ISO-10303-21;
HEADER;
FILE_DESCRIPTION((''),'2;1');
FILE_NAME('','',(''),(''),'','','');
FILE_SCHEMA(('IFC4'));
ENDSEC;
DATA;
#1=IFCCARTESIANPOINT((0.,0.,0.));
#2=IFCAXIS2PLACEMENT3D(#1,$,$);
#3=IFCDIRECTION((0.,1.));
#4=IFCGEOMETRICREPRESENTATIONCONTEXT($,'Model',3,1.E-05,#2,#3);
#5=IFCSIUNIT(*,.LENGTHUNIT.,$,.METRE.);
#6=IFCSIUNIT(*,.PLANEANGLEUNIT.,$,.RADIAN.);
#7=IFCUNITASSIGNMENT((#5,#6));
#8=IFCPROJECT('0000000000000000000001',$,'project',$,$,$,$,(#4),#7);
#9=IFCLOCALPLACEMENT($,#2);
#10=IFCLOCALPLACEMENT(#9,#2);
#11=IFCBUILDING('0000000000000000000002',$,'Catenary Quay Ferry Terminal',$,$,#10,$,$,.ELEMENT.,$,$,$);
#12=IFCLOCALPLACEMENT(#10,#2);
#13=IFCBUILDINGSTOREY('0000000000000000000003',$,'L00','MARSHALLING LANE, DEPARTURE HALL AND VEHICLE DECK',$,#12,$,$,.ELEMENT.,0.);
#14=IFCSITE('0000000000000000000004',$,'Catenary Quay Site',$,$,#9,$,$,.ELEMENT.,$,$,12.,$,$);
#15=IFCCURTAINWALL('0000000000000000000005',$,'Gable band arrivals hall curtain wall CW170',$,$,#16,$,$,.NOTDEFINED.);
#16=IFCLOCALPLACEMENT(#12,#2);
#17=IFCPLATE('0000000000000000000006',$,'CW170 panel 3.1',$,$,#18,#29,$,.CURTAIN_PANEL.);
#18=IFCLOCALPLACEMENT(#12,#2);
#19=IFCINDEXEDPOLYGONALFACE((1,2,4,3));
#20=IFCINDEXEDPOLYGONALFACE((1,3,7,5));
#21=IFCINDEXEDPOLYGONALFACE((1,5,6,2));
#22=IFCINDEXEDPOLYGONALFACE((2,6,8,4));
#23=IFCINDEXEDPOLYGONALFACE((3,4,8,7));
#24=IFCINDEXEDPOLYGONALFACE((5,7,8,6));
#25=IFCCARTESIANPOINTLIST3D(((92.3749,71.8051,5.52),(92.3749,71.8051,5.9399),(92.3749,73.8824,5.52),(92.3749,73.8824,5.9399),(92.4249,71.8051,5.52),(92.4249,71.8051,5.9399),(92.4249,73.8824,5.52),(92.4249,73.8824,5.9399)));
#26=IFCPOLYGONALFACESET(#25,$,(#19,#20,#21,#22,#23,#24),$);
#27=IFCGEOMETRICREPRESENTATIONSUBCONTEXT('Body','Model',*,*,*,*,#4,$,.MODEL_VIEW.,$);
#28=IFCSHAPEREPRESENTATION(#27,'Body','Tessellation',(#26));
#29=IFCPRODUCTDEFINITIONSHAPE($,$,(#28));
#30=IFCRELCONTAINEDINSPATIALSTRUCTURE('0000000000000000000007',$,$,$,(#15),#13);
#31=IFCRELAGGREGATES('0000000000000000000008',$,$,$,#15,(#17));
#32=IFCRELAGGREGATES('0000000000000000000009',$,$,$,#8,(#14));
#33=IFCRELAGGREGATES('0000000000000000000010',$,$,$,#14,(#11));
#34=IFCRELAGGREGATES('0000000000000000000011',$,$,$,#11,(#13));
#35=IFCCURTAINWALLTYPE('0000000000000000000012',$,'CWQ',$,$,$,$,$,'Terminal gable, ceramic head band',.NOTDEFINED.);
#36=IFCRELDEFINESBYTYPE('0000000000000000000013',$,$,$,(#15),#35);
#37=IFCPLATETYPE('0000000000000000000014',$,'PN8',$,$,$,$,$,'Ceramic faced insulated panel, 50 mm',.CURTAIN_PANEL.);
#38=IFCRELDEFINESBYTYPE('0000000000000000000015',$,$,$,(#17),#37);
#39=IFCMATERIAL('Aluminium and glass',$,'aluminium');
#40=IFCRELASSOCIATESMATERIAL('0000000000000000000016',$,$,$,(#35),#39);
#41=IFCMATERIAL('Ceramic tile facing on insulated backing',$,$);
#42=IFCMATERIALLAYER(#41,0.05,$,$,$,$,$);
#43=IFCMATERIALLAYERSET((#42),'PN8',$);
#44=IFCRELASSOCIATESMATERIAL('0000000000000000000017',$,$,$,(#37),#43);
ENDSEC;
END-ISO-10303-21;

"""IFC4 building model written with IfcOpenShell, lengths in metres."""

from ifc_helpers import new_model, si_unit, direction, frame, origin, origin_2d, place, context, subcontext, project, spatial, rectangle, extrude, material, layer, layer_set, type_object, element, aggregate, save


model = new_model("IFC4")

# Units and contexts
model_context = context("Model", 3, precision=1e-05, world=origin(), true_north=direction((0.0, 1.0)))
body_context = subcontext(model_context, "Body", "Model", "MODEL_VIEW")
ifc_project = project(units=[si_unit("LENGTHUNIT", "METRE"), si_unit("PLANEANGLEUNIT", "RADIAN")], contexts=[model_context])

# Site, building, storey
site_placement = place(None, origin())
site = spatial("IfcSite", under=ifc_project, at=site_placement, Name="Catenary Quay Site", CompositionType="ELEMENT", RefElevation=12.0)
building_placement = place(site_placement, origin())
building = spatial("IfcBuilding", under=site, at=building_placement, Name="Catenary Quay Ferry Terminal", CompositionType="ELEMENT")
storey_placement = place(building_placement, origin())
storey = spatial("IfcBuildingStorey", under=building, at=storey_placement, Name="L00", Description="MARSHALLING LANE, DEPARTURE HALL AND VEHICLE DECK", CompositionType="ELEMENT", Elevation=0.0)

# Curtain wall
ifc_material_1 = material(Name="Aluminium and glass", Category="aluminium")
curtain_wall_type_1 = type_object("IfcCurtainWallType", Name="CWQ", ElementType="Terminal gable, ceramic head band", PredefinedType="NOTDEFINED", material=ifc_material_1)
curtain_wall_1_placement = place(storey_placement, origin())
curtain_wall_1 = element("IfcCurtainWall", 1, at=curtain_wall_1_placement, inside=storey, type_object=curtain_wall_type_1, Name="Gable band arrivals hall curtain wall CW170", PredefinedType="NOTDEFINED")

# Plate
ifc_material_2 = material(Name="Ceramic tile facing on insulated backing")
ifc_layer_1 = layer(ifc_material_2, 0.05)
ifc_layer_set_1 = layer_set([ifc_layer_1], Name="PN8")
plate_type_1 = type_object("IfcPlateType", Name="PN8", ElementType="Ceramic faced insulated panel, 50 mm", PredefinedType="CURTAIN_PANEL", material=ifc_layer_set_1)
plate_1_placement = place(storey_placement, frame((92.3999, 72.8438, 5.52), z_axis=(0.0, 0.0, 1.0), x_axis=(0.0, 1.0, 0.0)))
plate_1 = element("IfcPlate", 2, at=plate_1_placement, type_object=plate_type_1, Name="CW170 panel 3.1", PredefinedType="CURTAIN_PANEL", context=body_context, shape_type="SweptSolid", body=[
    extrude(rectangle(XDim=2.0774, YDim=0.05, at=origin_2d()), origin(), (0.0, 0.0, 1.0), 0.4199),
])
aggregate(curtain_wall_1, [plate_1])

save(model, "model.ifc")
